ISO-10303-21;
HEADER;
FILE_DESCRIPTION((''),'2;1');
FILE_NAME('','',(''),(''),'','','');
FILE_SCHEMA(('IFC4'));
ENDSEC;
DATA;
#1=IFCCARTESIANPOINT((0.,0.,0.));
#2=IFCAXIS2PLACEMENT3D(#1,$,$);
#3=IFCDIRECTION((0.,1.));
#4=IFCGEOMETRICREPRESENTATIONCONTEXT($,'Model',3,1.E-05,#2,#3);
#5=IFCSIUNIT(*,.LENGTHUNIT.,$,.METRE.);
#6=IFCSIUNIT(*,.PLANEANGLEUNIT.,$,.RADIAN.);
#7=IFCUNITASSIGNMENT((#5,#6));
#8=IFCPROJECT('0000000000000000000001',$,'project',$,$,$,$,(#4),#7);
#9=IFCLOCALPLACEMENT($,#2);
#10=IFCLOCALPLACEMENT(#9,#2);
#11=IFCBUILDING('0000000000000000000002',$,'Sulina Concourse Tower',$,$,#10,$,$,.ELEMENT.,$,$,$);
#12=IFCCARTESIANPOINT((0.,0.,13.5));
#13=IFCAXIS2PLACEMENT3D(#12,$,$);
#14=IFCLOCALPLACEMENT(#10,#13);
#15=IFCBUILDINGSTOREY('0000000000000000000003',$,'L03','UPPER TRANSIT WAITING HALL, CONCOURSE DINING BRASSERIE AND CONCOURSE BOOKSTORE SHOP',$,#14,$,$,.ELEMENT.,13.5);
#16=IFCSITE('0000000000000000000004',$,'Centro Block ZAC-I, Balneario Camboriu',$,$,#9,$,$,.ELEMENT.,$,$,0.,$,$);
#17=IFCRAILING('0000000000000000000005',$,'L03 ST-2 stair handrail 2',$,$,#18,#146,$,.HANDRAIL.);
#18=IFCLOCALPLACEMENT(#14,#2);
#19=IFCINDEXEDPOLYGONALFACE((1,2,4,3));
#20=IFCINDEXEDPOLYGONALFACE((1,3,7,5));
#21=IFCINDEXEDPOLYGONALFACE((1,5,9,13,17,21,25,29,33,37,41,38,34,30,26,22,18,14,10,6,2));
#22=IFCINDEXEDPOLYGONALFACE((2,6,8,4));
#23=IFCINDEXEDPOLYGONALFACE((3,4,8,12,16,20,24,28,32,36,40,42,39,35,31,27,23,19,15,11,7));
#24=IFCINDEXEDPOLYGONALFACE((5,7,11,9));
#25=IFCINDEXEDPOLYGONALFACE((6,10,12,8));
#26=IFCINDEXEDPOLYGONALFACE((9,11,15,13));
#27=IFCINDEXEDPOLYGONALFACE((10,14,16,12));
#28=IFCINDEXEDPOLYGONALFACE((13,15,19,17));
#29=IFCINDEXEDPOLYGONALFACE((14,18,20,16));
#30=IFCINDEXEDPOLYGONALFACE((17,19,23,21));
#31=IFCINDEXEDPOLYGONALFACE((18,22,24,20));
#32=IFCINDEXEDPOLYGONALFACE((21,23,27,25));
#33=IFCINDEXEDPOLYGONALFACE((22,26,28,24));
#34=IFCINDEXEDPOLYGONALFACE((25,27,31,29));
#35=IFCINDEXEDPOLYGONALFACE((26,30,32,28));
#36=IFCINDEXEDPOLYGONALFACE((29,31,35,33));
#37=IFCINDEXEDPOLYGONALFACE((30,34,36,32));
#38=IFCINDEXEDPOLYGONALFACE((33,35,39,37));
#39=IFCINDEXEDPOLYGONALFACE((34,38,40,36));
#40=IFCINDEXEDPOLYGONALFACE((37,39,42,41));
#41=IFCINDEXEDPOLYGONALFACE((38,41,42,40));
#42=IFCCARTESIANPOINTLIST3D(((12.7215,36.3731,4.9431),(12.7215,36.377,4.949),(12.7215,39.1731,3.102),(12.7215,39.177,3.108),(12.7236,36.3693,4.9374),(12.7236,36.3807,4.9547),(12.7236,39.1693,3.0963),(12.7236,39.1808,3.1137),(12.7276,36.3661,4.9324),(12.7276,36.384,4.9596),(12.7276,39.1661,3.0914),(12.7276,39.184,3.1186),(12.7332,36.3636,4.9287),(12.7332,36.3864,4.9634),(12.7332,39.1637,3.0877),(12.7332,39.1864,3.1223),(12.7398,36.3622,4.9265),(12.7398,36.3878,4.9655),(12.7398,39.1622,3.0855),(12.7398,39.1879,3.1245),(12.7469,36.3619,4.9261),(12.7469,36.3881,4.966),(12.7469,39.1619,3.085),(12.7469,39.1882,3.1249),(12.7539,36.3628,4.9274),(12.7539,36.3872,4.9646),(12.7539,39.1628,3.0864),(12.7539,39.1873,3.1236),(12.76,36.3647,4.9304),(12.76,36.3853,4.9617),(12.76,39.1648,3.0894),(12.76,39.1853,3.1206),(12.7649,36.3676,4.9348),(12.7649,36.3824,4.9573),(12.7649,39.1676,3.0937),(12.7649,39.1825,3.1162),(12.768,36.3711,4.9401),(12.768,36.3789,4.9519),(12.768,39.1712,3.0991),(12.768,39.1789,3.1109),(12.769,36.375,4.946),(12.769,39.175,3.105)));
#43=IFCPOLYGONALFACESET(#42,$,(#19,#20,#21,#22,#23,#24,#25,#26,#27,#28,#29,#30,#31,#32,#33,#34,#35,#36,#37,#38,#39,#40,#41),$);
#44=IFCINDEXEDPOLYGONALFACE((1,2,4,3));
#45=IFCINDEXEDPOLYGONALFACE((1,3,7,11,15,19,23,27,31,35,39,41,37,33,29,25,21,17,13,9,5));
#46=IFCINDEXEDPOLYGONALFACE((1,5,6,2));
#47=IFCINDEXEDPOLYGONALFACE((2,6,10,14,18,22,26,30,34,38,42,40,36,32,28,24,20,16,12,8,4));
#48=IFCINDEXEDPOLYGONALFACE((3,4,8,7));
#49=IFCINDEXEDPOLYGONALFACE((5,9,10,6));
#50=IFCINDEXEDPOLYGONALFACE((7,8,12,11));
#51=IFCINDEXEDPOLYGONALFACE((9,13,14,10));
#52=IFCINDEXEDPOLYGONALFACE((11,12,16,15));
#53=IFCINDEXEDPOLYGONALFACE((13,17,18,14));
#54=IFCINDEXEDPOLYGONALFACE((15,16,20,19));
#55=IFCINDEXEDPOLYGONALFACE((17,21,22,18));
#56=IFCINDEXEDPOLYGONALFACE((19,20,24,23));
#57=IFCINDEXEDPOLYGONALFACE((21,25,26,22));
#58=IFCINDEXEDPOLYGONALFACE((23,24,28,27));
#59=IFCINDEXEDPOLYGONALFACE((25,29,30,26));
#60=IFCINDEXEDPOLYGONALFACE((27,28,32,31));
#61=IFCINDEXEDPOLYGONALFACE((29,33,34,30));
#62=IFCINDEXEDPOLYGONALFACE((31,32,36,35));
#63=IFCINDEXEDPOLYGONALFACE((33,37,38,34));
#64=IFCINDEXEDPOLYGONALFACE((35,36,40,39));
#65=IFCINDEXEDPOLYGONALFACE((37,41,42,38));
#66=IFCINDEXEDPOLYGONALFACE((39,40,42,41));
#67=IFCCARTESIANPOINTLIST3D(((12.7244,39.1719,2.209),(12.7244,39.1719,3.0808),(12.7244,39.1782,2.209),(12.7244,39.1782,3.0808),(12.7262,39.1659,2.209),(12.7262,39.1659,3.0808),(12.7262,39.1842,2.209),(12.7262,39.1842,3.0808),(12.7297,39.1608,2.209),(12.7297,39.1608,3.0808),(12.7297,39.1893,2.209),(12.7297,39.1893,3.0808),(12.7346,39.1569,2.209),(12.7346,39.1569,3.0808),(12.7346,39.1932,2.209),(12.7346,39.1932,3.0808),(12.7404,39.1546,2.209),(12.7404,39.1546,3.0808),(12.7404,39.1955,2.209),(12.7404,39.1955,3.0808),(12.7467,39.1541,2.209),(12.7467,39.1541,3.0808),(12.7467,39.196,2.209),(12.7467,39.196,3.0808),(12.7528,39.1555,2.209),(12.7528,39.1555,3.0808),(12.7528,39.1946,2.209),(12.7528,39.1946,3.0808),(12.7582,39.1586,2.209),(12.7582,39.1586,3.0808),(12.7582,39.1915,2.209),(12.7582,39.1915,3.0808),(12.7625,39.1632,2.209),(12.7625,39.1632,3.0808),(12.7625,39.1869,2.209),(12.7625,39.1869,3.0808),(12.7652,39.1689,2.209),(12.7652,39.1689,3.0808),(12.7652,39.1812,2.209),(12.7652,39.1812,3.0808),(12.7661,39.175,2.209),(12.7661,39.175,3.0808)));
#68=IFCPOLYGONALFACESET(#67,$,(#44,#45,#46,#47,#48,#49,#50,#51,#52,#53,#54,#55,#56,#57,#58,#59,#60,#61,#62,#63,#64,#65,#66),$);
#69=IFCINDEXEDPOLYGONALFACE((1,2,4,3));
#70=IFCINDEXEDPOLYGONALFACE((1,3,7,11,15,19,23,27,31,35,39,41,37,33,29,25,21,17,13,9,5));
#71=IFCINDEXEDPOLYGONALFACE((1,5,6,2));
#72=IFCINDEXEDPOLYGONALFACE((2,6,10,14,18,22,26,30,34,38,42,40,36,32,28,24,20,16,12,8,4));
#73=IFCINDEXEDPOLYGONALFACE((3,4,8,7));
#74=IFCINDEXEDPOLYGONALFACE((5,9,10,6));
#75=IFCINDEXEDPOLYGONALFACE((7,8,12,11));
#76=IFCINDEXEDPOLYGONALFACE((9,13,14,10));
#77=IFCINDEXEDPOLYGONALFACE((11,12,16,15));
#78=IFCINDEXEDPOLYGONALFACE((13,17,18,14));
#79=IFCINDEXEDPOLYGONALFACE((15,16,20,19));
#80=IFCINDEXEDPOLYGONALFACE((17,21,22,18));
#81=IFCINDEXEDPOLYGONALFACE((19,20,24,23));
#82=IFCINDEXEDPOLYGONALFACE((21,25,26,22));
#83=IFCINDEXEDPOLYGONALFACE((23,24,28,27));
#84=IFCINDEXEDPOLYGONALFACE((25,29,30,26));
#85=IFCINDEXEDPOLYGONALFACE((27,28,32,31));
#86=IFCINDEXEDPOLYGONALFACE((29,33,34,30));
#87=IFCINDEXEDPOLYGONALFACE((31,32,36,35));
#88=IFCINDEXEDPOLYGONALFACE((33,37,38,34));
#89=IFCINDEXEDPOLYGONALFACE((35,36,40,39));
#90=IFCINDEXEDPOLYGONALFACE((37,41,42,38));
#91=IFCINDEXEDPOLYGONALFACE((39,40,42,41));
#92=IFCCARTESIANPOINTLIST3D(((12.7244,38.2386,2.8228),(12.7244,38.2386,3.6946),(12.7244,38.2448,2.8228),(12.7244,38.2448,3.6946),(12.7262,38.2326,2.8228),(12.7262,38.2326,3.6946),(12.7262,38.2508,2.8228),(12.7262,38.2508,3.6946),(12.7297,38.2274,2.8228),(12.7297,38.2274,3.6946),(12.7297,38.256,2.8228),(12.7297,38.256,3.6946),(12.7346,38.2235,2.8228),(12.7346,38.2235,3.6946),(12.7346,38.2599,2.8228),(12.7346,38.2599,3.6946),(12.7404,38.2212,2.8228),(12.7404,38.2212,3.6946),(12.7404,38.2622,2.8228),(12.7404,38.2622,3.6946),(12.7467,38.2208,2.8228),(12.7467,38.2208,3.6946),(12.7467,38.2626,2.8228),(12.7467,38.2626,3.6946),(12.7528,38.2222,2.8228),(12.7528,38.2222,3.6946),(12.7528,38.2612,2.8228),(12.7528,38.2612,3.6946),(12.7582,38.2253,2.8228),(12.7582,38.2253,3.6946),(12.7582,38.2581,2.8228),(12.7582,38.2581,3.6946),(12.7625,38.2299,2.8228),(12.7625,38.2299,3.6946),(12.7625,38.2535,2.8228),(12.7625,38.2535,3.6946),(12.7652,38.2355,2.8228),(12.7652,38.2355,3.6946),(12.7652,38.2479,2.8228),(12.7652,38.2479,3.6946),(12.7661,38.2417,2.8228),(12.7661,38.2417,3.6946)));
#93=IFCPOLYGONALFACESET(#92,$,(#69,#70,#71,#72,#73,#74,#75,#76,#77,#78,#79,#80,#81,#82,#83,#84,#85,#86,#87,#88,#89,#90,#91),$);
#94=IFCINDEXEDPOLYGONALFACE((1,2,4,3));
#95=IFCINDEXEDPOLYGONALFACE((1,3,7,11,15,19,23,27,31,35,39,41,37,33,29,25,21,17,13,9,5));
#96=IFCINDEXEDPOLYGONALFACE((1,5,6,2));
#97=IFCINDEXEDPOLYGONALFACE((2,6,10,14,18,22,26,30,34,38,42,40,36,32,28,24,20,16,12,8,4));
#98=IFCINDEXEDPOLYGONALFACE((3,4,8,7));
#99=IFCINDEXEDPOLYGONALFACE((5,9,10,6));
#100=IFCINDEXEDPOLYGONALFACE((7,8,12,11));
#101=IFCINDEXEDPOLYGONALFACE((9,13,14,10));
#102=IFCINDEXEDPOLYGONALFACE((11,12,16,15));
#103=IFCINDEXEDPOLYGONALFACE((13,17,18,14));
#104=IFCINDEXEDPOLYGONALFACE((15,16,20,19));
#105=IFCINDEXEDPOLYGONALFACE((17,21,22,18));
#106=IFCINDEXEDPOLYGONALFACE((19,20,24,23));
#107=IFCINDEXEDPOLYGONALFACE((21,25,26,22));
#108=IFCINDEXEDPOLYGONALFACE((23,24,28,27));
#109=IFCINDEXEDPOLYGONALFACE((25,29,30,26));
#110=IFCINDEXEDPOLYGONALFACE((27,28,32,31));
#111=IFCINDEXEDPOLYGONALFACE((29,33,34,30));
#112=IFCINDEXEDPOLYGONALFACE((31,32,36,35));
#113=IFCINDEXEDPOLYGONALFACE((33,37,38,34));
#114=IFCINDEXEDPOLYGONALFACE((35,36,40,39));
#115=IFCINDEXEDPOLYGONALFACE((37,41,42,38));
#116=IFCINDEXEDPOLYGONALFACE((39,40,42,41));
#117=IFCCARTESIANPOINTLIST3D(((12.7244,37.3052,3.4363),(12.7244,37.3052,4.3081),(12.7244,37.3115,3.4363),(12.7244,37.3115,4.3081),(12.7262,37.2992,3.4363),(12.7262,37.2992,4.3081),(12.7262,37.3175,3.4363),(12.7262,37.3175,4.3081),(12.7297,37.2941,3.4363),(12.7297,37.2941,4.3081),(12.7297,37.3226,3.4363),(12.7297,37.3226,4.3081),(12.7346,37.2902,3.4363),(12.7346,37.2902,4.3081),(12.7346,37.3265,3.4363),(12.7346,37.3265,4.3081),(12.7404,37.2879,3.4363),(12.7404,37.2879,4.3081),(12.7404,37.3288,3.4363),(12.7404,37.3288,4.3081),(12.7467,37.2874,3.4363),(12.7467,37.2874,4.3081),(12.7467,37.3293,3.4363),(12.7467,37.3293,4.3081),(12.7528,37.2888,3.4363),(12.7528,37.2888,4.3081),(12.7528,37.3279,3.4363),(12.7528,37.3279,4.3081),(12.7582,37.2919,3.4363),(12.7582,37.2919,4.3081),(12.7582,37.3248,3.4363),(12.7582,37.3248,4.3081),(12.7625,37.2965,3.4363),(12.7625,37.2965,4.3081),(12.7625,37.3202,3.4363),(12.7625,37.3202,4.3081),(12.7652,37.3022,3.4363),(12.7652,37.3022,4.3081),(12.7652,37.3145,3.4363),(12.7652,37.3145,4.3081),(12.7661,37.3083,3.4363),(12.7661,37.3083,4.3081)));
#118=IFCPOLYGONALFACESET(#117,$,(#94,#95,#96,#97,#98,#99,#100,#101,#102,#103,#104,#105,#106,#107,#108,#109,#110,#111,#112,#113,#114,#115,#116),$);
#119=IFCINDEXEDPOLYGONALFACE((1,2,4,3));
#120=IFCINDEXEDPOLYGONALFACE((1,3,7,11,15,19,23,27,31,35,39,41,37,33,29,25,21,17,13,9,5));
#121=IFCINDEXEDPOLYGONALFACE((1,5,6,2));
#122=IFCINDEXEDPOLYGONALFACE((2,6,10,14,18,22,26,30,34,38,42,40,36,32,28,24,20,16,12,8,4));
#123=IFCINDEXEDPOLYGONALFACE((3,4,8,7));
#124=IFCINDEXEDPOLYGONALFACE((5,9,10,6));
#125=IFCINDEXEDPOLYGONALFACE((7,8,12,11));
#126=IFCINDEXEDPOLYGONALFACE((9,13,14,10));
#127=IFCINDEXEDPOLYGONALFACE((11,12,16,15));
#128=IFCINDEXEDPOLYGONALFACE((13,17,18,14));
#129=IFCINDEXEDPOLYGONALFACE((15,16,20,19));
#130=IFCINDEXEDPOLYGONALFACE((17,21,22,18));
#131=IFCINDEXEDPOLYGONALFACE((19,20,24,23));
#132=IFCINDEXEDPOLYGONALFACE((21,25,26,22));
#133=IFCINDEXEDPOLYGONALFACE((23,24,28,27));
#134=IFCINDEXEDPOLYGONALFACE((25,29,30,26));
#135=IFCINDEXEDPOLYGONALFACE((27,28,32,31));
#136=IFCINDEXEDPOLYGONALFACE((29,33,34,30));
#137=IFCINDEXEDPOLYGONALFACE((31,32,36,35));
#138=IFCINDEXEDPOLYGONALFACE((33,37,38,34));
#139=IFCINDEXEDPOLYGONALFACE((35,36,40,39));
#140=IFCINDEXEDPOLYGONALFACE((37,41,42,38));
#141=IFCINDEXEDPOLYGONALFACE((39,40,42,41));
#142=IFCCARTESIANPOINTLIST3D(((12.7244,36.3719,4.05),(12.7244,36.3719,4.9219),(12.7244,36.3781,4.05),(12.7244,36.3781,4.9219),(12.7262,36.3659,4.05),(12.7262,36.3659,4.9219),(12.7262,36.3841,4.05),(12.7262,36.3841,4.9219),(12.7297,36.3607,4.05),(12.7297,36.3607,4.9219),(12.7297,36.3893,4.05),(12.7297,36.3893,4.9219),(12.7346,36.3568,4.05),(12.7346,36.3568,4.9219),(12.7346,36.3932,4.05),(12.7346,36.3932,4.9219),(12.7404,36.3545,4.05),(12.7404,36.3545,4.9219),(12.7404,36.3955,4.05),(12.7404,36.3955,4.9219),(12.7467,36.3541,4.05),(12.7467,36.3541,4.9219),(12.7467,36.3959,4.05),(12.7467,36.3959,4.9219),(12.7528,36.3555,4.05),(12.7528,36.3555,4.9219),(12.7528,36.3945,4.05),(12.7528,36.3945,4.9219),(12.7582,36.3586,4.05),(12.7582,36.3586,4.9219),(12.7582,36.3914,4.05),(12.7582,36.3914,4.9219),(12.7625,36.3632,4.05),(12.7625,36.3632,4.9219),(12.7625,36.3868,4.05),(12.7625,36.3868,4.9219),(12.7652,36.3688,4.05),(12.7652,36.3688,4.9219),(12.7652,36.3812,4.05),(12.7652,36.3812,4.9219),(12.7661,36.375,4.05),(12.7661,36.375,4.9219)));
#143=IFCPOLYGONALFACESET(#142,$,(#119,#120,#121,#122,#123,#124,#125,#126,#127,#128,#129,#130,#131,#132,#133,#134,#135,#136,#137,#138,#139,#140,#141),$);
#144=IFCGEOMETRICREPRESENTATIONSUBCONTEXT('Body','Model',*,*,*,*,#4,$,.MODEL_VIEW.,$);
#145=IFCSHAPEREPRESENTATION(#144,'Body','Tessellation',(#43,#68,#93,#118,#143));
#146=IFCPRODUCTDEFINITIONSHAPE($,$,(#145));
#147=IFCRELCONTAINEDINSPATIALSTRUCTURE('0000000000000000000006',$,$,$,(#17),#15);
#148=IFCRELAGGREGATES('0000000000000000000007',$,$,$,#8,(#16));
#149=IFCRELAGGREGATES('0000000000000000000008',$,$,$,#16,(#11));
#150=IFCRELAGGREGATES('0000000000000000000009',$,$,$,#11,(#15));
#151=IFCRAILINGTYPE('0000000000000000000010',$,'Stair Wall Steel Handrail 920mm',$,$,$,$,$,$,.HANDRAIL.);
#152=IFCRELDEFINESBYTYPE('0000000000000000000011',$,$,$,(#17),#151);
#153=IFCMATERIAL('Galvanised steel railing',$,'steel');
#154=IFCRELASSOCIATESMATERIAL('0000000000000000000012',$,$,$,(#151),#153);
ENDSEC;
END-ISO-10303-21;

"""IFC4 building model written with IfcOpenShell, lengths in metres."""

from ifc_helpers import new_model, si_unit, direction, frame, origin, origin_2d, place, context, subcontext, project, spatial, circle, extrude, material, type_object, element, save


model = new_model("IFC4")

# Units and contexts
model_context = context("Model", 3, precision=1e-05, world=origin(), true_north=direction((0.0, 1.0)))
body_context = subcontext(model_context, "Body", "Model", "MODEL_VIEW")
ifc_project = project(units=[si_unit("LENGTHUNIT", "METRE"), si_unit("PLANEANGLEUNIT", "RADIAN")], contexts=[model_context])

# Site, building, storey
site_placement = place(None, origin())
site = spatial("IfcSite", under=ifc_project, at=site_placement, Name="Centro Block ZAC-I, Balneario Camboriu", CompositionType="ELEMENT", RefElevation=0.0)
building_placement = place(site_placement, origin())
building = spatial("IfcBuilding", under=site, at=building_placement, Name="Sulina Concourse Tower", CompositionType="ELEMENT")
storey_placement = place(building_placement, frame((0.0, 0.0, 13.5)))
storey = spatial("IfcBuildingStorey", under=building, at=storey_placement, Name="L03", Description="UPPER TRANSIT WAITING HALL, CONCOURSE DINING BRASSERIE AND CONCOURSE BOOKSTORE SHOP", CompositionType="ELEMENT", Elevation=13.5)

# Railing
ifc_material_1 = material(Name="Galvanised steel railing", Category="steel")
railing_type_1 = type_object("IfcRailingType", Name="Stair Wall Steel Handrail 920mm", PredefinedType="HANDRAIL", material=ifc_material_1)
railing_1_placement = place(storey_placement, frame((12.7451, 39.175, 2.209)))
element("IfcRailing", 1, at=railing_1_placement, inside=storey, type_object=railing_type_1, Name="L03 ST-2 stair handrail 2", PredefinedType="HANDRAIL", context=body_context, shape_type="SweptSolid", body=[
    extrude(circle(Radius=0.0239, at=origin_2d()), frame((0.0, 0.0, 0.896), z_axis=(0.0, -0.835564, 0.549393), x_axis=(1.0, 0.0, 0.0)), (0.0, 0.0, 1.0), 3.3511),
    extrude(circle(Radius=0.021, at=origin_2d()), origin(), (0.0, 0.0, 1.0), 0.8718),
    extrude(circle(Radius=0.021, at=origin_2d()), frame((0.0, -0.9333, 0.6138)), (0.0, 0.0, 1.0), 0.8718),
    extrude(circle(Radius=0.021, at=origin_2d()), frame((0.0, -1.8667, 1.2273)), (0.0, 0.0, 1.0), 0.8718),
    extrude(circle(Radius=0.021, at=origin_2d()), frame((0.0, -2.8, 1.8411)), (0.0, 0.0, 1.0), 0.8718),
])

save(model, "model.ifc")
